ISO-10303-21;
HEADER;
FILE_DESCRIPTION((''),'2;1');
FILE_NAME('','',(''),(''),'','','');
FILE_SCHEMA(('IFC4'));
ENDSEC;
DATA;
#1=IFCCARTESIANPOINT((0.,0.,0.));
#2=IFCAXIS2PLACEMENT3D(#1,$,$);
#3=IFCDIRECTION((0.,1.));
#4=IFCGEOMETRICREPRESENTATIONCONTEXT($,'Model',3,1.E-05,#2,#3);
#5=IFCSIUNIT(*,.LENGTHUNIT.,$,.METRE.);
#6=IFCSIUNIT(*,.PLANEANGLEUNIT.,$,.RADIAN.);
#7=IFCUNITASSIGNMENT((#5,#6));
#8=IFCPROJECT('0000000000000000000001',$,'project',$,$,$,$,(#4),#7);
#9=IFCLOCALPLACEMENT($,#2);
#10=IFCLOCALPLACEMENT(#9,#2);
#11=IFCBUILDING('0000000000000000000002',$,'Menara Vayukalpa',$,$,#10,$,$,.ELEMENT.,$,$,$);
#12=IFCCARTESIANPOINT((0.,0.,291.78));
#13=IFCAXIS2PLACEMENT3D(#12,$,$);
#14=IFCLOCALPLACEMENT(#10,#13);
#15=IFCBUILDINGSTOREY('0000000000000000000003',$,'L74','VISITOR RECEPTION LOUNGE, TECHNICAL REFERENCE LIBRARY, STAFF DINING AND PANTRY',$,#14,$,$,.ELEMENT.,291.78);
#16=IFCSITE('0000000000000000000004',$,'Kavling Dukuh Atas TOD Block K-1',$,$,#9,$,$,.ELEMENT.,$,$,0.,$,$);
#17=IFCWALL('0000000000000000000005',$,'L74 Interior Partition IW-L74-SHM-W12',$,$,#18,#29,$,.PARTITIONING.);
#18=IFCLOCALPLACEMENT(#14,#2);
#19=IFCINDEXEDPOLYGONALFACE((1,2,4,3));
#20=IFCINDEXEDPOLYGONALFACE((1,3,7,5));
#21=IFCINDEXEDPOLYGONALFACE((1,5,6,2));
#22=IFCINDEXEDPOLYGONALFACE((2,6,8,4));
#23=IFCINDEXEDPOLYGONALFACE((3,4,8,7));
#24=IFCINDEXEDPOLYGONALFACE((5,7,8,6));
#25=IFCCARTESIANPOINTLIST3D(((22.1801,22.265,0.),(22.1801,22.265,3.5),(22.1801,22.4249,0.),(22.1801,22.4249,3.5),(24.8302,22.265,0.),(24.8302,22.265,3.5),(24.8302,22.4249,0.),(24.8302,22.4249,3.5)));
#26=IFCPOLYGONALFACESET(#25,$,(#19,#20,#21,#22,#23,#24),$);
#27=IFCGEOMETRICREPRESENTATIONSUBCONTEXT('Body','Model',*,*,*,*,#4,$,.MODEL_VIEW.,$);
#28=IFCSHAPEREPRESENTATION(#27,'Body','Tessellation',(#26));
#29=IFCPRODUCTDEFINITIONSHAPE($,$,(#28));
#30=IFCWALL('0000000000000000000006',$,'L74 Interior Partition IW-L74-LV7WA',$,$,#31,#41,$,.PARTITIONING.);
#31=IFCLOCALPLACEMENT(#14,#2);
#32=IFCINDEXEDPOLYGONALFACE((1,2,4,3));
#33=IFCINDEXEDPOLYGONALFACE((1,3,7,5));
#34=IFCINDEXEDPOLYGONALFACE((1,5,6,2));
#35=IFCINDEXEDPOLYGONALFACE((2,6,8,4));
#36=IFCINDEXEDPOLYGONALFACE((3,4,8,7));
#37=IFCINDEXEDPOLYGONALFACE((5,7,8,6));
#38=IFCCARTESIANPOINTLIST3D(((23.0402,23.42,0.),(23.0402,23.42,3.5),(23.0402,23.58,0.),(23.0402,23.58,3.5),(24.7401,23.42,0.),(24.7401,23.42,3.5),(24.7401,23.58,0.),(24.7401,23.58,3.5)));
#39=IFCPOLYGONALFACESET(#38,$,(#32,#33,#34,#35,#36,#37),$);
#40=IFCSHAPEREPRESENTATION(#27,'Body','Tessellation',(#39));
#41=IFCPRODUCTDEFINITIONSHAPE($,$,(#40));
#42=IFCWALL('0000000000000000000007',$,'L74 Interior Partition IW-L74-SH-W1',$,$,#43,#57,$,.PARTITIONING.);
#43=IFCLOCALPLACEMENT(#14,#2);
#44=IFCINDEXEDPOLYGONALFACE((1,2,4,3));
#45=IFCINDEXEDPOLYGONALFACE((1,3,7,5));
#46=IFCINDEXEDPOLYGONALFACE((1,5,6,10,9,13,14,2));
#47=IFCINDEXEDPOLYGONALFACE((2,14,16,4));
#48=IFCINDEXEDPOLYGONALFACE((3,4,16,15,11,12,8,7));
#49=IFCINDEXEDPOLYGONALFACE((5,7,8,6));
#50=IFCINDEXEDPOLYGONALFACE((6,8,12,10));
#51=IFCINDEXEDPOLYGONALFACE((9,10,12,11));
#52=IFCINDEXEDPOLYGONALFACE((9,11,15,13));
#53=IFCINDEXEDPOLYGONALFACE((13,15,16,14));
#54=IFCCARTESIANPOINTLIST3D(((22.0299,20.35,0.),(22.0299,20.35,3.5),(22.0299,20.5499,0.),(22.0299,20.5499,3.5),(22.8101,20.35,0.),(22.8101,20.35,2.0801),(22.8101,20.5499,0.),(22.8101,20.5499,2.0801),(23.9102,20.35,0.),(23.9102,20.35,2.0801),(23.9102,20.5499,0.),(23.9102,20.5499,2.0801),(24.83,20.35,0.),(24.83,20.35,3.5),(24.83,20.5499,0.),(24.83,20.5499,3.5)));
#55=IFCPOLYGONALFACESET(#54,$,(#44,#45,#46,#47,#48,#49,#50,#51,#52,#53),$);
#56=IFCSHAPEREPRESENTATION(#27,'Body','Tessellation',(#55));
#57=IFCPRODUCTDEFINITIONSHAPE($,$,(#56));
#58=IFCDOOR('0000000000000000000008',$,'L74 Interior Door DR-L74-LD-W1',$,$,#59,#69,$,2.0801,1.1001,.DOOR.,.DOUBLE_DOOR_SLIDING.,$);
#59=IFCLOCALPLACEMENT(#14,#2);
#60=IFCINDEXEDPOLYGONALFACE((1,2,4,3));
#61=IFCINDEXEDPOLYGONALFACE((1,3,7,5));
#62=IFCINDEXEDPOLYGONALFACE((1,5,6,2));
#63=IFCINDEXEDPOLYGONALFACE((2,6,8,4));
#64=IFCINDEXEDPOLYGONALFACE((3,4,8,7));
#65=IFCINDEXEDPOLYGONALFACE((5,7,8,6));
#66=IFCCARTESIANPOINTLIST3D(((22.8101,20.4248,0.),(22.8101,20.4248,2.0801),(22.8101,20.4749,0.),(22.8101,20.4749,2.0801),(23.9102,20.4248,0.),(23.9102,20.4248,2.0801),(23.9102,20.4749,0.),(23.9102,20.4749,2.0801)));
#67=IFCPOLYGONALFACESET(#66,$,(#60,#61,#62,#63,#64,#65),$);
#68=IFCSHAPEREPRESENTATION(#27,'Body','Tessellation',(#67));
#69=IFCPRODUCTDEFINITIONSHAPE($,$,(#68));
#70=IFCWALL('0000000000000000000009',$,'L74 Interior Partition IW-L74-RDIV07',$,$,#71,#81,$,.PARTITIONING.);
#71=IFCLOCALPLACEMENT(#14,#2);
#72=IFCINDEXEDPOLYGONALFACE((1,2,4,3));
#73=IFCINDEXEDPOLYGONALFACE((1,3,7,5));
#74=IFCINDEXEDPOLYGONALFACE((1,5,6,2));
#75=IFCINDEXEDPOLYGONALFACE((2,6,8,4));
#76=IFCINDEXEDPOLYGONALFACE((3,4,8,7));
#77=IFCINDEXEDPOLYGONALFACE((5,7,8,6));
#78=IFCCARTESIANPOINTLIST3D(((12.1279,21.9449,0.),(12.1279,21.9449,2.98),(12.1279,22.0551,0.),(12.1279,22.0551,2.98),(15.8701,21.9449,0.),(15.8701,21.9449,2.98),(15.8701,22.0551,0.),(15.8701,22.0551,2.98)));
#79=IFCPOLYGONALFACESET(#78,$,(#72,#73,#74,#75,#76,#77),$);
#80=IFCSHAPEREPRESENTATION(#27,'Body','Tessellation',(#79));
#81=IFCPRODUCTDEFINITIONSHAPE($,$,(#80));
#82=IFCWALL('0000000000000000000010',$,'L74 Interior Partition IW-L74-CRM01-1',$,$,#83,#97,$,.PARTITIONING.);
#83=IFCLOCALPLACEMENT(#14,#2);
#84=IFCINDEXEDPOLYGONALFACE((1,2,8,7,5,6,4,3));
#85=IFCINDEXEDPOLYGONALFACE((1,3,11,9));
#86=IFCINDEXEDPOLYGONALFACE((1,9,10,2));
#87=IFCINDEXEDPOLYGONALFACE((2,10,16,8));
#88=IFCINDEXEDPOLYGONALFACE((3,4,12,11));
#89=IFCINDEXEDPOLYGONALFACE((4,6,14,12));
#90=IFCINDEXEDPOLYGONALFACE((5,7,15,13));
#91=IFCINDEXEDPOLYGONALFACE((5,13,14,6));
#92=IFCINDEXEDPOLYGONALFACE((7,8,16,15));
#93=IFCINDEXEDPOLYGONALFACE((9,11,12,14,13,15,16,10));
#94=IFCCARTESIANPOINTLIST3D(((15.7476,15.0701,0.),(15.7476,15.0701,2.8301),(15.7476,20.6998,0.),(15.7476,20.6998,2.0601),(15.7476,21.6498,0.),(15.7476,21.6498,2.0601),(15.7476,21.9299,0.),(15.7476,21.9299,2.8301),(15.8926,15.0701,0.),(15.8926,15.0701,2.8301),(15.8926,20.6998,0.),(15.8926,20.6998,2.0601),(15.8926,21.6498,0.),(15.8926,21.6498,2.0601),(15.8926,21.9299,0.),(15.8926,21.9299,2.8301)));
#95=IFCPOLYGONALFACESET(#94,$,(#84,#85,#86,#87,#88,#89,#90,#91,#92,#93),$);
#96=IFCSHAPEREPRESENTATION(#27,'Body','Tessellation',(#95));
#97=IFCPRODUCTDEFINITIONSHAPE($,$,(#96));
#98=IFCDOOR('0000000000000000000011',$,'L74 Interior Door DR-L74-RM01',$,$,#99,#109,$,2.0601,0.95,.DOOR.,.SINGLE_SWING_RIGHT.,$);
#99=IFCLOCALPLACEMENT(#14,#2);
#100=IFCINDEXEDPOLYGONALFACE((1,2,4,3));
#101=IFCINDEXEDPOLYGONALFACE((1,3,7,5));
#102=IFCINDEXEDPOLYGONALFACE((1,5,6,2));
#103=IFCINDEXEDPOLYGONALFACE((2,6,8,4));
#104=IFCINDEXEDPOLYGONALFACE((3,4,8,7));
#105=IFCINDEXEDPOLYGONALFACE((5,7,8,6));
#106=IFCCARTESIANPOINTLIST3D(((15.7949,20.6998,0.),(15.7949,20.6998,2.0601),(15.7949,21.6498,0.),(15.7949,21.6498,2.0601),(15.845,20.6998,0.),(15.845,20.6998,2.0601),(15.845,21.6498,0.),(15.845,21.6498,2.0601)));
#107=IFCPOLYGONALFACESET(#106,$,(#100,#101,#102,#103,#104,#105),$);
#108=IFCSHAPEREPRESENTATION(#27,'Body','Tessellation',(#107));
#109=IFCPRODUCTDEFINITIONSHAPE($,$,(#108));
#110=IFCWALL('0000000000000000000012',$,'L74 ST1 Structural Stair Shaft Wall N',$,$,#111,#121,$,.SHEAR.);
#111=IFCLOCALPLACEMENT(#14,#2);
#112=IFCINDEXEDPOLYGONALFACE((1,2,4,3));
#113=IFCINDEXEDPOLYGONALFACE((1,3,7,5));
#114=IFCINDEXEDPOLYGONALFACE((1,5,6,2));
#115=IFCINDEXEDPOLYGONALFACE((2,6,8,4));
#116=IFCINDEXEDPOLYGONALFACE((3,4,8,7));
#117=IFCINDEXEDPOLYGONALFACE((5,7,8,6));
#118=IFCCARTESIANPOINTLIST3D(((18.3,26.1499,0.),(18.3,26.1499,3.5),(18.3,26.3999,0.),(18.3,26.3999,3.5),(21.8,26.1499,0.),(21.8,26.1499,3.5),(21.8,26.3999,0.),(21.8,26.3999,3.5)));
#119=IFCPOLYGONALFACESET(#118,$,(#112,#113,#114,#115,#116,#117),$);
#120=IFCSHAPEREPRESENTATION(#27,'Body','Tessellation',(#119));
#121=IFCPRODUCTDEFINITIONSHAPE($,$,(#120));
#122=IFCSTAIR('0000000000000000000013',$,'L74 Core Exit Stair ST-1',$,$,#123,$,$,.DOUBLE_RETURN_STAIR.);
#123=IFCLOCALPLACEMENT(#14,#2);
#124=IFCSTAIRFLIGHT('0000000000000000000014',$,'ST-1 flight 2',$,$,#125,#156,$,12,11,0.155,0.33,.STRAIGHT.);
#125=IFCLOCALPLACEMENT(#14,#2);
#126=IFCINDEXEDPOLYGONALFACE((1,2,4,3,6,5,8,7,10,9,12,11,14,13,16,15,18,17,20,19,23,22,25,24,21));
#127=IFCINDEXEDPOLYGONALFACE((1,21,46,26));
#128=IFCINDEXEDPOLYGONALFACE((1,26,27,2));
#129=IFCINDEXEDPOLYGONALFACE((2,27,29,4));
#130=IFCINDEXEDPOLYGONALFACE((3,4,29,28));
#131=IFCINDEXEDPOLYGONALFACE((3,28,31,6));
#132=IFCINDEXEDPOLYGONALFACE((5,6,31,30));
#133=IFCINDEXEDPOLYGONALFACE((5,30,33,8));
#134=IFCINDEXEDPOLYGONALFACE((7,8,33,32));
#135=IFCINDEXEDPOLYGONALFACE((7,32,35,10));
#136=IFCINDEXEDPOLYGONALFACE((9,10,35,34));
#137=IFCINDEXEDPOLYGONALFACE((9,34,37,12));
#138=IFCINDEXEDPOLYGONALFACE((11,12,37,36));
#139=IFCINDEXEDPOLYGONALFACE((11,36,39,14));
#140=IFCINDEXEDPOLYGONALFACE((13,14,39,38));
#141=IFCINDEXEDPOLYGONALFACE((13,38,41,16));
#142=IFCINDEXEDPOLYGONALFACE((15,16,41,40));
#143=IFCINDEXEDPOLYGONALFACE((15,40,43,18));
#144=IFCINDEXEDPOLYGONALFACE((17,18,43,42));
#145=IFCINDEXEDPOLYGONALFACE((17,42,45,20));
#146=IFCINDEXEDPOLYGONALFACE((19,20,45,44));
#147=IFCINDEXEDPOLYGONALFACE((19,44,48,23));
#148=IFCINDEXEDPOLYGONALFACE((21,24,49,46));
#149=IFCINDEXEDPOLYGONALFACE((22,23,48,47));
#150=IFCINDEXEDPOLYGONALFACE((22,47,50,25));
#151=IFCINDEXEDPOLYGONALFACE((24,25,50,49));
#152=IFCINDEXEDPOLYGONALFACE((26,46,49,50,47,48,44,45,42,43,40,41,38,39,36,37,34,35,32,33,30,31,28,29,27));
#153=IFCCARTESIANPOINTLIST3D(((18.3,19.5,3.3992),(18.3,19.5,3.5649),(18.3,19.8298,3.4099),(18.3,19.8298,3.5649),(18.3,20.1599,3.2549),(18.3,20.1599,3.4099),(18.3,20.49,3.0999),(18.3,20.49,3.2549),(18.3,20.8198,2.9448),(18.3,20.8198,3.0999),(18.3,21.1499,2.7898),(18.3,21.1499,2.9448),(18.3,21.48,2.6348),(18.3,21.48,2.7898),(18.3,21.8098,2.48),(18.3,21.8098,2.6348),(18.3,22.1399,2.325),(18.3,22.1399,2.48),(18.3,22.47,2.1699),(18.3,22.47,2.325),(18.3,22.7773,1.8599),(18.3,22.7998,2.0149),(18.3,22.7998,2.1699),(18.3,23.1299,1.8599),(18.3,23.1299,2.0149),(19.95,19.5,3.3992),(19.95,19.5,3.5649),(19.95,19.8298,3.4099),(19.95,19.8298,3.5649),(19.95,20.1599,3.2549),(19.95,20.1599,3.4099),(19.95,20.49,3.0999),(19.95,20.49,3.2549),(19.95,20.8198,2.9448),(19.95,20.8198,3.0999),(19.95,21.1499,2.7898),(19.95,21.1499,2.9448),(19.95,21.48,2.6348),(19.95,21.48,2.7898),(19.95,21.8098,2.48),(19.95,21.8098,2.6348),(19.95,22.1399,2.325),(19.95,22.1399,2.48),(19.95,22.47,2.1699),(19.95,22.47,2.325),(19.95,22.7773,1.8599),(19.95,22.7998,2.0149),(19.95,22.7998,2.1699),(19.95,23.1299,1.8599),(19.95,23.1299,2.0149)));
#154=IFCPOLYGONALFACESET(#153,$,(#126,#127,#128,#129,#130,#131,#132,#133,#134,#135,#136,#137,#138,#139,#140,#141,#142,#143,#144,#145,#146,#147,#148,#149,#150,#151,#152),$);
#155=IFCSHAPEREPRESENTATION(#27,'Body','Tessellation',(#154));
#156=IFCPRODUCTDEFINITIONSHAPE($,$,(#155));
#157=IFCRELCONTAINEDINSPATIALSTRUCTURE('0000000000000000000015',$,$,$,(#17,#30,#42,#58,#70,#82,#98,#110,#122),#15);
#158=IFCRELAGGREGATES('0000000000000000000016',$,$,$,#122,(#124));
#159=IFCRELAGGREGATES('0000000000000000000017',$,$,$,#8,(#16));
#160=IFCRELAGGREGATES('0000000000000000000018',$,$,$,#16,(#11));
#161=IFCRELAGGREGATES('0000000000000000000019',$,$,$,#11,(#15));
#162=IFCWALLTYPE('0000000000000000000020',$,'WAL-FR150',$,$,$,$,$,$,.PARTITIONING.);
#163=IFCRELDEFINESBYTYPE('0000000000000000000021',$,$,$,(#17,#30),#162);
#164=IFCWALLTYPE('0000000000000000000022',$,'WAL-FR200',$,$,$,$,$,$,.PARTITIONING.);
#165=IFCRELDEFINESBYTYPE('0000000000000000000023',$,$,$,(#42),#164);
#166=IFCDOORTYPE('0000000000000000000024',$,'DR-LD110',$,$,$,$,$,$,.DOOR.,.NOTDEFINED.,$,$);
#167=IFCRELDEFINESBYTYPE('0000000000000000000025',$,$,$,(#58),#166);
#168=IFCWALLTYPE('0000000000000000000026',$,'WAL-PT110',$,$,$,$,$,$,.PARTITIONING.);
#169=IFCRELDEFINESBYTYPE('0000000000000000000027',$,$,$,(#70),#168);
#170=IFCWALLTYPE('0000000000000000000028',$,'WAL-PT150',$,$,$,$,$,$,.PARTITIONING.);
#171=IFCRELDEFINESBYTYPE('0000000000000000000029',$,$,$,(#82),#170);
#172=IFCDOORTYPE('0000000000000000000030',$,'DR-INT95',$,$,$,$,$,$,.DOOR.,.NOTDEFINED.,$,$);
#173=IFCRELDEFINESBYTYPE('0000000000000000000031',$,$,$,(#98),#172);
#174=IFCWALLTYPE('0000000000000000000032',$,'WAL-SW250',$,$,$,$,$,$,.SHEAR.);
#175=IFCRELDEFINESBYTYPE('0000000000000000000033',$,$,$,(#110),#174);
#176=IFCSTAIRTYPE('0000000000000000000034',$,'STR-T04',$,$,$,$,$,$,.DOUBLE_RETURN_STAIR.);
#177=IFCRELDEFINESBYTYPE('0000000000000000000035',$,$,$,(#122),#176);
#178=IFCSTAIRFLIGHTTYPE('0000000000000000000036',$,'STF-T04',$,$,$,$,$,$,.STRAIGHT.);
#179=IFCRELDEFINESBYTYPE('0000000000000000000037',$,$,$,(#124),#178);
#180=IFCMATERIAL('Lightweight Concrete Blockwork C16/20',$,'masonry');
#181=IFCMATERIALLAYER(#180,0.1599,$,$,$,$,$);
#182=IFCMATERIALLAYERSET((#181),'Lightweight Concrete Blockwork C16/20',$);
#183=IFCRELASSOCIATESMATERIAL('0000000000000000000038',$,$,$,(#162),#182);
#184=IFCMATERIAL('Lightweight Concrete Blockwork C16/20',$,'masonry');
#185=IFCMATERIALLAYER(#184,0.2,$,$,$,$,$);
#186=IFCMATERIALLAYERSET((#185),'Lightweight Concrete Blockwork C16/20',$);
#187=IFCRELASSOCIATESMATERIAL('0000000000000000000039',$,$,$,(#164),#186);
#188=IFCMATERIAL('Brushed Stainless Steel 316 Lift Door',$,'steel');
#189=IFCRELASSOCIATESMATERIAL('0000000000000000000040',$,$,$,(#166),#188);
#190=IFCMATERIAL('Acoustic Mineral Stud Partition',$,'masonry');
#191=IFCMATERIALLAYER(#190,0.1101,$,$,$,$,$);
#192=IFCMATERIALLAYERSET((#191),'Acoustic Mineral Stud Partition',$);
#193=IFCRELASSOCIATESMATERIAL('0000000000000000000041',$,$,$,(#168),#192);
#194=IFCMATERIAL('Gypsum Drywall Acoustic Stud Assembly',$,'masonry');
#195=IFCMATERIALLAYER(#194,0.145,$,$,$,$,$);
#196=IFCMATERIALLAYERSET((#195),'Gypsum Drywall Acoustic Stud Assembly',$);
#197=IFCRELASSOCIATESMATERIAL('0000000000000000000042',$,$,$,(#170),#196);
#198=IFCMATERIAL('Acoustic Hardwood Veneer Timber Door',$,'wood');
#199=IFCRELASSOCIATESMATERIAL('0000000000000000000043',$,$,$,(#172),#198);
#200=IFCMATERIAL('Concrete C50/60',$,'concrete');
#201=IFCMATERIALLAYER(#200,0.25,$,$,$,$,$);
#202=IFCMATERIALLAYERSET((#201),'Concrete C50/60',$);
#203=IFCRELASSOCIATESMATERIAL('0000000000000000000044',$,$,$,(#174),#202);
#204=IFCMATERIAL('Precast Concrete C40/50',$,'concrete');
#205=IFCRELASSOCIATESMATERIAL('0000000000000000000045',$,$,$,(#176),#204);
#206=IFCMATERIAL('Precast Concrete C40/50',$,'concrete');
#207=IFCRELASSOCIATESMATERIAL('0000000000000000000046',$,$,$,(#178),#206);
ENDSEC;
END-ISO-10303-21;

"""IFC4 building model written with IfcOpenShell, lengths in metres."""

from ifc_helpers import new_model, si_unit, direction, frame, frame_2d, origin, place, context, subcontext, project, spatial, polyline, rectangle, outline, extrude, material, layer, layer_set, type_object, element, fill, aggregate, save


model = new_model("IFC4")

# Units and contexts
model_context = context("Model", 3, precision=1e-05, world=origin(), true_north=direction((0.0, 1.0)))
body_context = subcontext(model_context, "Body", "Model", "MODEL_VIEW")
ifc_project = project(units=[si_unit("LENGTHUNIT", "METRE"), si_unit("PLANEANGLEUNIT", "RADIAN")], contexts=[model_context])

# Site, building, storey
site_placement = place(None, origin())
site = spatial("IfcSite", under=ifc_project, at=site_placement, Name="Kavling Dukuh Atas TOD Block K-1", CompositionType="ELEMENT", RefElevation=0.0)
building_placement = place(site_placement, origin())
building = spatial("IfcBuilding", under=site, at=building_placement, Name="Menara Vayukalpa", CompositionType="ELEMENT")
storey_placement = place(building_placement, frame((0.0, 0.0, 291.78)))
storey = spatial("IfcBuildingStorey", under=building, at=storey_placement, Name="L74", Description="VISITOR RECEPTION LOUNGE, TECHNICAL REFERENCE LIBRARY, STAFF DINING AND PANTRY", CompositionType="ELEMENT", Elevation=291.78)

# Walls
ifc_material_1 = material(Name="Lightweight Concrete Blockwork C16/20", Category="masonry")
ifc_layer_1 = layer(ifc_material_1, 0.1599)
ifc_layer_set_1 = layer_set([ifc_layer_1], Name="Lightweight Concrete Blockwork C16/20")
wall_type_1 = type_object("IfcWallType", Name="WAL-FR150", PredefinedType="PARTITIONING", material=ifc_layer_set_1)
wall_1_placement = place(storey_placement, frame((22.1799, 22.345, 0.0), z_axis=(0.0, 0.0, 1.0), x_axis=(1.0, 0.0, 0.0)))
element("IfcWall", 1, at=wall_1_placement, inside=storey, type_object=wall_type_1, Name="L74 Interior Partition IW-L74-SHM-W12", PredefinedType="PARTITIONING", context=body_context, shape_type="SweptSolid", body=[
    extrude(rectangle(XDim=2.6501, YDim=0.1599, at=frame_2d((1.3252, 0.0))), origin(), (0.0, 0.0, 1.0), 3.5),
])
wall_2_placement = place(storey_placement, frame((23.04, 23.5, 0.0), z_axis=(0.0, 0.0, 1.0), x_axis=(1.0, 0.0, 0.0)))
element("IfcWall", 2, at=wall_2_placement, inside=storey, type_object=wall_type_1, Name="L74 Interior Partition IW-L74-LV7WA", PredefinedType="PARTITIONING", context=body_context, shape_type="SweptSolid", body=[
    extrude(rectangle(XDim=1.7, YDim=0.1599, at=frame_2d((0.8501, 0.0))), origin(), (0.0, 0.0, 1.0), 3.5),
])

# Wall, opening, door
ifc_material_2 = material(Name="Lightweight Concrete Blockwork C16/20", Category="masonry")
ifc_layer_2 = layer(ifc_material_2, 0.2)
ifc_layer_set_2 = layer_set([ifc_layer_2], Name="Lightweight Concrete Blockwork C16/20")
wall_type_2 = type_object("IfcWallType", Name="WAL-FR200", PredefinedType="PARTITIONING", material=ifc_layer_set_2)
wall_3_placement = place(storey_placement, frame((22.03, 20.45, 0.0), z_axis=(0.0, 0.0, 1.0), x_axis=(1.0, 0.0, 0.0)))
wall_3 = element("IfcWall", 3, at=wall_3_placement, inside=storey, type_object=wall_type_2, Name="L74 Interior Partition IW-L74-SH-W1", PredefinedType="PARTITIONING", context=body_context, shape_type="SweptSolid", body=[
    extrude(rectangle(XDim=2.8, YDim=0.2, at=frame_2d((1.3999, 0.0))), origin(), (0.0, 0.0, 1.0), 3.5),
])
opening_1_placement = place(wall_3_placement, frame((0.78, 0.0, 0.0)))
opening_1 = element("IfcOpeningElement", 4, at=opening_1_placement, cuts=wall_3, PredefinedType="OPENING", context=body_context, shape_type="SweptSolid", body=[
    extrude(rectangle(XDim=1.1001, YDim=2.0801, at=frame_2d((0.55, 1.04))), frame((0.0, 0.1099, 0.0), z_axis=(0.0, -1.0, 0.0), x_axis=(1.0, 0.0, 0.0)), (0.0, 0.0, 1.0), 0.22),
])
ifc_material_3 = material(Name="Brushed Stainless Steel 316 Lift Door", Category="steel")
door_type_1 = type_object("IfcDoorType", Name="DR-LD110", OperationType="NOTDEFINED", PredefinedType="DOOR", material=ifc_material_3)
door_1_placement = place(opening_1_placement, origin())
door_1 = element("IfcDoor", 5, at=door_1_placement, inside=storey, type_object=door_type_1, Name="L74 Interior Door DR-L74-LD-W1", OperationType="DOUBLE_DOOR_SLIDING", OverallHeight=2.0801, OverallWidth=1.1001, PredefinedType="DOOR", context=body_context, shape_type="SweptSolid", body=[
    extrude(rectangle(XDim=1.1001, YDim=2.0801, at=frame_2d((0.55, 1.04))), frame((0.0, 0.0249, 0.0), z_axis=(0.0, -1.0, 0.0), x_axis=(1.0, 0.0, 0.0)), (0.0, 0.0, 1.0), 0.05),
])
fill(opening_1, door_1)

# Wall
ifc_material_4 = material(Name="Acoustic Mineral Stud Partition", Category="masonry")
ifc_layer_3 = layer(ifc_material_4, 0.1101)
ifc_layer_set_3 = layer_set([ifc_layer_3], Name="Acoustic Mineral Stud Partition")
wall_type_3 = type_object("IfcWallType", Name="WAL-PT110", PredefinedType="PARTITIONING", material=ifc_layer_set_3)
wall_4_placement = place(storey_placement, frame((12.1279, 22.0, 0.0), z_axis=(0.0, 0.0, 1.0), x_axis=(1.0, 0.0, 0.0)))
element("IfcWall", 6, at=wall_4_placement, inside=storey, type_object=wall_type_3, Name="L74 Interior Partition IW-L74-RDIV07", PredefinedType="PARTITIONING", context=body_context, shape_type="SweptSolid", body=[
    extrude(rectangle(XDim=3.7422, YDim=0.1101, at=frame_2d((1.8711, 0.0))), origin(), (0.0, 0.0, 1.0), 2.98),
])

# Wall, opening, door
ifc_material_5 = material(Name="Gypsum Drywall Acoustic Stud Assembly", Category="masonry")
ifc_layer_4 = layer(ifc_material_5, 0.145)
ifc_layer_set_4 = layer_set([ifc_layer_4], Name="Gypsum Drywall Acoustic Stud Assembly")
wall_type_4 = type_object("IfcWallType", Name="WAL-PT150", PredefinedType="PARTITIONING", material=ifc_layer_set_4)
wall_5_placement = place(storey_placement, frame((15.8201, 21.9299, 0.0), z_axis=(0.0, 0.0, 1.0), x_axis=(0.0, -1.0, 0.0)))
wall_5 = element("IfcWall", 7, at=wall_5_placement, inside=storey, type_object=wall_type_4, Name="L74 Interior Partition IW-L74-CRM01-1", PredefinedType="PARTITIONING", context=body_context, shape_type="SweptSolid", body=[
    extrude(rectangle(XDim=6.8599, YDim=0.145, at=frame_2d((3.4299, 0.0))), origin(), (0.0, 0.0, 1.0), 2.8301),
])
opening_2_placement = place(wall_5_placement, frame((0.28, 0.0, 0.0)))
opening_2 = element("IfcOpeningElement", 8, at=opening_2_placement, cuts=wall_5, PredefinedType="OPENING", context=body_context, shape_type="SweptSolid", body=[
    extrude(rectangle(XDim=0.95, YDim=2.0601, at=frame_2d((0.4751, 1.03))), frame((0.0, 0.0825, 0.0), z_axis=(0.0, -1.0, 0.0), x_axis=(1.0, 0.0, 0.0)), (0.0, 0.0, 1.0), 0.165),
])
ifc_material_6 = material(Name="Acoustic Hardwood Veneer Timber Door", Category="wood")
door_type_2 = type_object("IfcDoorType", Name="DR-INT95", OperationType="NOTDEFINED", PredefinedType="DOOR", material=ifc_material_6)
door_2_placement = place(opening_2_placement, origin())
door_2 = element("IfcDoor", 9, at=door_2_placement, inside=storey, type_object=door_type_2, Name="L74 Interior Door DR-L74-RM01", OperationType="SINGLE_SWING_RIGHT", OverallHeight=2.0601, OverallWidth=0.95, PredefinedType="DOOR", context=body_context, shape_type="SweptSolid", body=[
    extrude(rectangle(XDim=0.95, YDim=2.0601, at=frame_2d((0.4751, 1.03))), frame((0.0, 0.0249, 0.0), z_axis=(0.0, -1.0, 0.0), x_axis=(1.0, 0.0, 0.0)), (0.0, 0.0, 1.0), 0.05),
])
fill(opening_2, door_2)

# Wall
ifc_material_7 = material(Name="Concrete C50/60", Category="concrete")
ifc_layer_5 = layer(ifc_material_7, 0.25)
ifc_layer_set_5 = layer_set([ifc_layer_5], Name="Concrete C50/60")
wall_type_5 = type_object("IfcWallType", Name="WAL-SW250", PredefinedType="SHEAR", material=ifc_layer_set_5)
wall_6_placement = place(storey_placement, frame((18.3, 26.2749, 0.0), z_axis=(0.0, 0.0, 1.0), x_axis=(1.0, 0.0, 0.0)))
element("IfcWall", 10, at=wall_6_placement, inside=storey, type_object=wall_type_5, Name="L74 ST1 Structural Stair Shaft Wall N", PredefinedType="SHEAR", context=body_context, shape_type="SweptSolid", body=[
    extrude(rectangle(XDim=3.5, YDim=0.25, at=frame_2d((1.75, 0.0))), origin(), (0.0, 0.0, 1.0), 3.5),
])

# Stair, stair flight
ifc_material_8 = material(Name="Precast Concrete C40/50", Category="concrete")
stair_type = type_object("IfcStairType", Name="STR-T04", PredefinedType="DOUBLE_RETURN_STAIR", material=ifc_material_8)
stair_placement = place(storey_placement, origin())
stair = element("IfcStair", 11, at=stair_placement, inside=storey, type_object=stair_type, Name="L74 Core Exit Stair ST-1", PredefinedType="DOUBLE_RETURN_STAIR")
ifc_material_9 = material(Name="Precast Concrete C40/50", Category="concrete")
stair_flight_type = type_object("IfcStairFlightType", Name="STF-T04", PredefinedType="STRAIGHT", material=ifc_material_9)
stair_flight_placement = place(storey_placement, frame((19.125, 23.1299, 1.8599), z_axis=(0.0, 0.0, 1.0), x_axis=(0.0, -1.0, 0.0)))
stair_flight = element("IfcStairFlight", 12, at=stair_flight_placement, type_object=stair_flight_type, Name="ST-1 flight 2", NumberOfRisers=12, NumberOfTreads=11, PredefinedType="STRAIGHT", RiserHeight=0.155, TreadLength=0.33, context=body_context, shape_type="SweptSolid", body=[
    extrude(outline(polyline([(0.0, 0.0), (0.0, 0.155), (0.3301, 0.155), (0.3301, 0.3101), (0.6599, 0.3101), (0.6599, 0.4651), (0.99, 0.4651), (0.99, 0.6201), (1.3201, 0.6201), (1.3201, 0.7749), (1.6499, 0.7749), (1.6499, 0.9299), (1.98, 0.9299), (1.98, 1.085), (2.3101, 1.085), (2.3101, 1.24), (2.6399, 1.24), (2.6399, 1.395), (2.97, 1.395), (2.97, 1.55), (3.3, 1.55), (3.3, 1.7051), (3.6299, 1.7051), (3.6299, 1.8601), (3.6299, 1.5393), (0.3525, 0.0), (0.0, 0.0)])), frame((0.0, 0.825, 0.0), z_axis=(0.0, -1.0, 0.0), x_axis=(1.0, 0.0, 0.0)), (0.0, 0.0, 1.0), 1.6499),
])
aggregate(stair, [stair_flight])

save(model, "model.ifc")
